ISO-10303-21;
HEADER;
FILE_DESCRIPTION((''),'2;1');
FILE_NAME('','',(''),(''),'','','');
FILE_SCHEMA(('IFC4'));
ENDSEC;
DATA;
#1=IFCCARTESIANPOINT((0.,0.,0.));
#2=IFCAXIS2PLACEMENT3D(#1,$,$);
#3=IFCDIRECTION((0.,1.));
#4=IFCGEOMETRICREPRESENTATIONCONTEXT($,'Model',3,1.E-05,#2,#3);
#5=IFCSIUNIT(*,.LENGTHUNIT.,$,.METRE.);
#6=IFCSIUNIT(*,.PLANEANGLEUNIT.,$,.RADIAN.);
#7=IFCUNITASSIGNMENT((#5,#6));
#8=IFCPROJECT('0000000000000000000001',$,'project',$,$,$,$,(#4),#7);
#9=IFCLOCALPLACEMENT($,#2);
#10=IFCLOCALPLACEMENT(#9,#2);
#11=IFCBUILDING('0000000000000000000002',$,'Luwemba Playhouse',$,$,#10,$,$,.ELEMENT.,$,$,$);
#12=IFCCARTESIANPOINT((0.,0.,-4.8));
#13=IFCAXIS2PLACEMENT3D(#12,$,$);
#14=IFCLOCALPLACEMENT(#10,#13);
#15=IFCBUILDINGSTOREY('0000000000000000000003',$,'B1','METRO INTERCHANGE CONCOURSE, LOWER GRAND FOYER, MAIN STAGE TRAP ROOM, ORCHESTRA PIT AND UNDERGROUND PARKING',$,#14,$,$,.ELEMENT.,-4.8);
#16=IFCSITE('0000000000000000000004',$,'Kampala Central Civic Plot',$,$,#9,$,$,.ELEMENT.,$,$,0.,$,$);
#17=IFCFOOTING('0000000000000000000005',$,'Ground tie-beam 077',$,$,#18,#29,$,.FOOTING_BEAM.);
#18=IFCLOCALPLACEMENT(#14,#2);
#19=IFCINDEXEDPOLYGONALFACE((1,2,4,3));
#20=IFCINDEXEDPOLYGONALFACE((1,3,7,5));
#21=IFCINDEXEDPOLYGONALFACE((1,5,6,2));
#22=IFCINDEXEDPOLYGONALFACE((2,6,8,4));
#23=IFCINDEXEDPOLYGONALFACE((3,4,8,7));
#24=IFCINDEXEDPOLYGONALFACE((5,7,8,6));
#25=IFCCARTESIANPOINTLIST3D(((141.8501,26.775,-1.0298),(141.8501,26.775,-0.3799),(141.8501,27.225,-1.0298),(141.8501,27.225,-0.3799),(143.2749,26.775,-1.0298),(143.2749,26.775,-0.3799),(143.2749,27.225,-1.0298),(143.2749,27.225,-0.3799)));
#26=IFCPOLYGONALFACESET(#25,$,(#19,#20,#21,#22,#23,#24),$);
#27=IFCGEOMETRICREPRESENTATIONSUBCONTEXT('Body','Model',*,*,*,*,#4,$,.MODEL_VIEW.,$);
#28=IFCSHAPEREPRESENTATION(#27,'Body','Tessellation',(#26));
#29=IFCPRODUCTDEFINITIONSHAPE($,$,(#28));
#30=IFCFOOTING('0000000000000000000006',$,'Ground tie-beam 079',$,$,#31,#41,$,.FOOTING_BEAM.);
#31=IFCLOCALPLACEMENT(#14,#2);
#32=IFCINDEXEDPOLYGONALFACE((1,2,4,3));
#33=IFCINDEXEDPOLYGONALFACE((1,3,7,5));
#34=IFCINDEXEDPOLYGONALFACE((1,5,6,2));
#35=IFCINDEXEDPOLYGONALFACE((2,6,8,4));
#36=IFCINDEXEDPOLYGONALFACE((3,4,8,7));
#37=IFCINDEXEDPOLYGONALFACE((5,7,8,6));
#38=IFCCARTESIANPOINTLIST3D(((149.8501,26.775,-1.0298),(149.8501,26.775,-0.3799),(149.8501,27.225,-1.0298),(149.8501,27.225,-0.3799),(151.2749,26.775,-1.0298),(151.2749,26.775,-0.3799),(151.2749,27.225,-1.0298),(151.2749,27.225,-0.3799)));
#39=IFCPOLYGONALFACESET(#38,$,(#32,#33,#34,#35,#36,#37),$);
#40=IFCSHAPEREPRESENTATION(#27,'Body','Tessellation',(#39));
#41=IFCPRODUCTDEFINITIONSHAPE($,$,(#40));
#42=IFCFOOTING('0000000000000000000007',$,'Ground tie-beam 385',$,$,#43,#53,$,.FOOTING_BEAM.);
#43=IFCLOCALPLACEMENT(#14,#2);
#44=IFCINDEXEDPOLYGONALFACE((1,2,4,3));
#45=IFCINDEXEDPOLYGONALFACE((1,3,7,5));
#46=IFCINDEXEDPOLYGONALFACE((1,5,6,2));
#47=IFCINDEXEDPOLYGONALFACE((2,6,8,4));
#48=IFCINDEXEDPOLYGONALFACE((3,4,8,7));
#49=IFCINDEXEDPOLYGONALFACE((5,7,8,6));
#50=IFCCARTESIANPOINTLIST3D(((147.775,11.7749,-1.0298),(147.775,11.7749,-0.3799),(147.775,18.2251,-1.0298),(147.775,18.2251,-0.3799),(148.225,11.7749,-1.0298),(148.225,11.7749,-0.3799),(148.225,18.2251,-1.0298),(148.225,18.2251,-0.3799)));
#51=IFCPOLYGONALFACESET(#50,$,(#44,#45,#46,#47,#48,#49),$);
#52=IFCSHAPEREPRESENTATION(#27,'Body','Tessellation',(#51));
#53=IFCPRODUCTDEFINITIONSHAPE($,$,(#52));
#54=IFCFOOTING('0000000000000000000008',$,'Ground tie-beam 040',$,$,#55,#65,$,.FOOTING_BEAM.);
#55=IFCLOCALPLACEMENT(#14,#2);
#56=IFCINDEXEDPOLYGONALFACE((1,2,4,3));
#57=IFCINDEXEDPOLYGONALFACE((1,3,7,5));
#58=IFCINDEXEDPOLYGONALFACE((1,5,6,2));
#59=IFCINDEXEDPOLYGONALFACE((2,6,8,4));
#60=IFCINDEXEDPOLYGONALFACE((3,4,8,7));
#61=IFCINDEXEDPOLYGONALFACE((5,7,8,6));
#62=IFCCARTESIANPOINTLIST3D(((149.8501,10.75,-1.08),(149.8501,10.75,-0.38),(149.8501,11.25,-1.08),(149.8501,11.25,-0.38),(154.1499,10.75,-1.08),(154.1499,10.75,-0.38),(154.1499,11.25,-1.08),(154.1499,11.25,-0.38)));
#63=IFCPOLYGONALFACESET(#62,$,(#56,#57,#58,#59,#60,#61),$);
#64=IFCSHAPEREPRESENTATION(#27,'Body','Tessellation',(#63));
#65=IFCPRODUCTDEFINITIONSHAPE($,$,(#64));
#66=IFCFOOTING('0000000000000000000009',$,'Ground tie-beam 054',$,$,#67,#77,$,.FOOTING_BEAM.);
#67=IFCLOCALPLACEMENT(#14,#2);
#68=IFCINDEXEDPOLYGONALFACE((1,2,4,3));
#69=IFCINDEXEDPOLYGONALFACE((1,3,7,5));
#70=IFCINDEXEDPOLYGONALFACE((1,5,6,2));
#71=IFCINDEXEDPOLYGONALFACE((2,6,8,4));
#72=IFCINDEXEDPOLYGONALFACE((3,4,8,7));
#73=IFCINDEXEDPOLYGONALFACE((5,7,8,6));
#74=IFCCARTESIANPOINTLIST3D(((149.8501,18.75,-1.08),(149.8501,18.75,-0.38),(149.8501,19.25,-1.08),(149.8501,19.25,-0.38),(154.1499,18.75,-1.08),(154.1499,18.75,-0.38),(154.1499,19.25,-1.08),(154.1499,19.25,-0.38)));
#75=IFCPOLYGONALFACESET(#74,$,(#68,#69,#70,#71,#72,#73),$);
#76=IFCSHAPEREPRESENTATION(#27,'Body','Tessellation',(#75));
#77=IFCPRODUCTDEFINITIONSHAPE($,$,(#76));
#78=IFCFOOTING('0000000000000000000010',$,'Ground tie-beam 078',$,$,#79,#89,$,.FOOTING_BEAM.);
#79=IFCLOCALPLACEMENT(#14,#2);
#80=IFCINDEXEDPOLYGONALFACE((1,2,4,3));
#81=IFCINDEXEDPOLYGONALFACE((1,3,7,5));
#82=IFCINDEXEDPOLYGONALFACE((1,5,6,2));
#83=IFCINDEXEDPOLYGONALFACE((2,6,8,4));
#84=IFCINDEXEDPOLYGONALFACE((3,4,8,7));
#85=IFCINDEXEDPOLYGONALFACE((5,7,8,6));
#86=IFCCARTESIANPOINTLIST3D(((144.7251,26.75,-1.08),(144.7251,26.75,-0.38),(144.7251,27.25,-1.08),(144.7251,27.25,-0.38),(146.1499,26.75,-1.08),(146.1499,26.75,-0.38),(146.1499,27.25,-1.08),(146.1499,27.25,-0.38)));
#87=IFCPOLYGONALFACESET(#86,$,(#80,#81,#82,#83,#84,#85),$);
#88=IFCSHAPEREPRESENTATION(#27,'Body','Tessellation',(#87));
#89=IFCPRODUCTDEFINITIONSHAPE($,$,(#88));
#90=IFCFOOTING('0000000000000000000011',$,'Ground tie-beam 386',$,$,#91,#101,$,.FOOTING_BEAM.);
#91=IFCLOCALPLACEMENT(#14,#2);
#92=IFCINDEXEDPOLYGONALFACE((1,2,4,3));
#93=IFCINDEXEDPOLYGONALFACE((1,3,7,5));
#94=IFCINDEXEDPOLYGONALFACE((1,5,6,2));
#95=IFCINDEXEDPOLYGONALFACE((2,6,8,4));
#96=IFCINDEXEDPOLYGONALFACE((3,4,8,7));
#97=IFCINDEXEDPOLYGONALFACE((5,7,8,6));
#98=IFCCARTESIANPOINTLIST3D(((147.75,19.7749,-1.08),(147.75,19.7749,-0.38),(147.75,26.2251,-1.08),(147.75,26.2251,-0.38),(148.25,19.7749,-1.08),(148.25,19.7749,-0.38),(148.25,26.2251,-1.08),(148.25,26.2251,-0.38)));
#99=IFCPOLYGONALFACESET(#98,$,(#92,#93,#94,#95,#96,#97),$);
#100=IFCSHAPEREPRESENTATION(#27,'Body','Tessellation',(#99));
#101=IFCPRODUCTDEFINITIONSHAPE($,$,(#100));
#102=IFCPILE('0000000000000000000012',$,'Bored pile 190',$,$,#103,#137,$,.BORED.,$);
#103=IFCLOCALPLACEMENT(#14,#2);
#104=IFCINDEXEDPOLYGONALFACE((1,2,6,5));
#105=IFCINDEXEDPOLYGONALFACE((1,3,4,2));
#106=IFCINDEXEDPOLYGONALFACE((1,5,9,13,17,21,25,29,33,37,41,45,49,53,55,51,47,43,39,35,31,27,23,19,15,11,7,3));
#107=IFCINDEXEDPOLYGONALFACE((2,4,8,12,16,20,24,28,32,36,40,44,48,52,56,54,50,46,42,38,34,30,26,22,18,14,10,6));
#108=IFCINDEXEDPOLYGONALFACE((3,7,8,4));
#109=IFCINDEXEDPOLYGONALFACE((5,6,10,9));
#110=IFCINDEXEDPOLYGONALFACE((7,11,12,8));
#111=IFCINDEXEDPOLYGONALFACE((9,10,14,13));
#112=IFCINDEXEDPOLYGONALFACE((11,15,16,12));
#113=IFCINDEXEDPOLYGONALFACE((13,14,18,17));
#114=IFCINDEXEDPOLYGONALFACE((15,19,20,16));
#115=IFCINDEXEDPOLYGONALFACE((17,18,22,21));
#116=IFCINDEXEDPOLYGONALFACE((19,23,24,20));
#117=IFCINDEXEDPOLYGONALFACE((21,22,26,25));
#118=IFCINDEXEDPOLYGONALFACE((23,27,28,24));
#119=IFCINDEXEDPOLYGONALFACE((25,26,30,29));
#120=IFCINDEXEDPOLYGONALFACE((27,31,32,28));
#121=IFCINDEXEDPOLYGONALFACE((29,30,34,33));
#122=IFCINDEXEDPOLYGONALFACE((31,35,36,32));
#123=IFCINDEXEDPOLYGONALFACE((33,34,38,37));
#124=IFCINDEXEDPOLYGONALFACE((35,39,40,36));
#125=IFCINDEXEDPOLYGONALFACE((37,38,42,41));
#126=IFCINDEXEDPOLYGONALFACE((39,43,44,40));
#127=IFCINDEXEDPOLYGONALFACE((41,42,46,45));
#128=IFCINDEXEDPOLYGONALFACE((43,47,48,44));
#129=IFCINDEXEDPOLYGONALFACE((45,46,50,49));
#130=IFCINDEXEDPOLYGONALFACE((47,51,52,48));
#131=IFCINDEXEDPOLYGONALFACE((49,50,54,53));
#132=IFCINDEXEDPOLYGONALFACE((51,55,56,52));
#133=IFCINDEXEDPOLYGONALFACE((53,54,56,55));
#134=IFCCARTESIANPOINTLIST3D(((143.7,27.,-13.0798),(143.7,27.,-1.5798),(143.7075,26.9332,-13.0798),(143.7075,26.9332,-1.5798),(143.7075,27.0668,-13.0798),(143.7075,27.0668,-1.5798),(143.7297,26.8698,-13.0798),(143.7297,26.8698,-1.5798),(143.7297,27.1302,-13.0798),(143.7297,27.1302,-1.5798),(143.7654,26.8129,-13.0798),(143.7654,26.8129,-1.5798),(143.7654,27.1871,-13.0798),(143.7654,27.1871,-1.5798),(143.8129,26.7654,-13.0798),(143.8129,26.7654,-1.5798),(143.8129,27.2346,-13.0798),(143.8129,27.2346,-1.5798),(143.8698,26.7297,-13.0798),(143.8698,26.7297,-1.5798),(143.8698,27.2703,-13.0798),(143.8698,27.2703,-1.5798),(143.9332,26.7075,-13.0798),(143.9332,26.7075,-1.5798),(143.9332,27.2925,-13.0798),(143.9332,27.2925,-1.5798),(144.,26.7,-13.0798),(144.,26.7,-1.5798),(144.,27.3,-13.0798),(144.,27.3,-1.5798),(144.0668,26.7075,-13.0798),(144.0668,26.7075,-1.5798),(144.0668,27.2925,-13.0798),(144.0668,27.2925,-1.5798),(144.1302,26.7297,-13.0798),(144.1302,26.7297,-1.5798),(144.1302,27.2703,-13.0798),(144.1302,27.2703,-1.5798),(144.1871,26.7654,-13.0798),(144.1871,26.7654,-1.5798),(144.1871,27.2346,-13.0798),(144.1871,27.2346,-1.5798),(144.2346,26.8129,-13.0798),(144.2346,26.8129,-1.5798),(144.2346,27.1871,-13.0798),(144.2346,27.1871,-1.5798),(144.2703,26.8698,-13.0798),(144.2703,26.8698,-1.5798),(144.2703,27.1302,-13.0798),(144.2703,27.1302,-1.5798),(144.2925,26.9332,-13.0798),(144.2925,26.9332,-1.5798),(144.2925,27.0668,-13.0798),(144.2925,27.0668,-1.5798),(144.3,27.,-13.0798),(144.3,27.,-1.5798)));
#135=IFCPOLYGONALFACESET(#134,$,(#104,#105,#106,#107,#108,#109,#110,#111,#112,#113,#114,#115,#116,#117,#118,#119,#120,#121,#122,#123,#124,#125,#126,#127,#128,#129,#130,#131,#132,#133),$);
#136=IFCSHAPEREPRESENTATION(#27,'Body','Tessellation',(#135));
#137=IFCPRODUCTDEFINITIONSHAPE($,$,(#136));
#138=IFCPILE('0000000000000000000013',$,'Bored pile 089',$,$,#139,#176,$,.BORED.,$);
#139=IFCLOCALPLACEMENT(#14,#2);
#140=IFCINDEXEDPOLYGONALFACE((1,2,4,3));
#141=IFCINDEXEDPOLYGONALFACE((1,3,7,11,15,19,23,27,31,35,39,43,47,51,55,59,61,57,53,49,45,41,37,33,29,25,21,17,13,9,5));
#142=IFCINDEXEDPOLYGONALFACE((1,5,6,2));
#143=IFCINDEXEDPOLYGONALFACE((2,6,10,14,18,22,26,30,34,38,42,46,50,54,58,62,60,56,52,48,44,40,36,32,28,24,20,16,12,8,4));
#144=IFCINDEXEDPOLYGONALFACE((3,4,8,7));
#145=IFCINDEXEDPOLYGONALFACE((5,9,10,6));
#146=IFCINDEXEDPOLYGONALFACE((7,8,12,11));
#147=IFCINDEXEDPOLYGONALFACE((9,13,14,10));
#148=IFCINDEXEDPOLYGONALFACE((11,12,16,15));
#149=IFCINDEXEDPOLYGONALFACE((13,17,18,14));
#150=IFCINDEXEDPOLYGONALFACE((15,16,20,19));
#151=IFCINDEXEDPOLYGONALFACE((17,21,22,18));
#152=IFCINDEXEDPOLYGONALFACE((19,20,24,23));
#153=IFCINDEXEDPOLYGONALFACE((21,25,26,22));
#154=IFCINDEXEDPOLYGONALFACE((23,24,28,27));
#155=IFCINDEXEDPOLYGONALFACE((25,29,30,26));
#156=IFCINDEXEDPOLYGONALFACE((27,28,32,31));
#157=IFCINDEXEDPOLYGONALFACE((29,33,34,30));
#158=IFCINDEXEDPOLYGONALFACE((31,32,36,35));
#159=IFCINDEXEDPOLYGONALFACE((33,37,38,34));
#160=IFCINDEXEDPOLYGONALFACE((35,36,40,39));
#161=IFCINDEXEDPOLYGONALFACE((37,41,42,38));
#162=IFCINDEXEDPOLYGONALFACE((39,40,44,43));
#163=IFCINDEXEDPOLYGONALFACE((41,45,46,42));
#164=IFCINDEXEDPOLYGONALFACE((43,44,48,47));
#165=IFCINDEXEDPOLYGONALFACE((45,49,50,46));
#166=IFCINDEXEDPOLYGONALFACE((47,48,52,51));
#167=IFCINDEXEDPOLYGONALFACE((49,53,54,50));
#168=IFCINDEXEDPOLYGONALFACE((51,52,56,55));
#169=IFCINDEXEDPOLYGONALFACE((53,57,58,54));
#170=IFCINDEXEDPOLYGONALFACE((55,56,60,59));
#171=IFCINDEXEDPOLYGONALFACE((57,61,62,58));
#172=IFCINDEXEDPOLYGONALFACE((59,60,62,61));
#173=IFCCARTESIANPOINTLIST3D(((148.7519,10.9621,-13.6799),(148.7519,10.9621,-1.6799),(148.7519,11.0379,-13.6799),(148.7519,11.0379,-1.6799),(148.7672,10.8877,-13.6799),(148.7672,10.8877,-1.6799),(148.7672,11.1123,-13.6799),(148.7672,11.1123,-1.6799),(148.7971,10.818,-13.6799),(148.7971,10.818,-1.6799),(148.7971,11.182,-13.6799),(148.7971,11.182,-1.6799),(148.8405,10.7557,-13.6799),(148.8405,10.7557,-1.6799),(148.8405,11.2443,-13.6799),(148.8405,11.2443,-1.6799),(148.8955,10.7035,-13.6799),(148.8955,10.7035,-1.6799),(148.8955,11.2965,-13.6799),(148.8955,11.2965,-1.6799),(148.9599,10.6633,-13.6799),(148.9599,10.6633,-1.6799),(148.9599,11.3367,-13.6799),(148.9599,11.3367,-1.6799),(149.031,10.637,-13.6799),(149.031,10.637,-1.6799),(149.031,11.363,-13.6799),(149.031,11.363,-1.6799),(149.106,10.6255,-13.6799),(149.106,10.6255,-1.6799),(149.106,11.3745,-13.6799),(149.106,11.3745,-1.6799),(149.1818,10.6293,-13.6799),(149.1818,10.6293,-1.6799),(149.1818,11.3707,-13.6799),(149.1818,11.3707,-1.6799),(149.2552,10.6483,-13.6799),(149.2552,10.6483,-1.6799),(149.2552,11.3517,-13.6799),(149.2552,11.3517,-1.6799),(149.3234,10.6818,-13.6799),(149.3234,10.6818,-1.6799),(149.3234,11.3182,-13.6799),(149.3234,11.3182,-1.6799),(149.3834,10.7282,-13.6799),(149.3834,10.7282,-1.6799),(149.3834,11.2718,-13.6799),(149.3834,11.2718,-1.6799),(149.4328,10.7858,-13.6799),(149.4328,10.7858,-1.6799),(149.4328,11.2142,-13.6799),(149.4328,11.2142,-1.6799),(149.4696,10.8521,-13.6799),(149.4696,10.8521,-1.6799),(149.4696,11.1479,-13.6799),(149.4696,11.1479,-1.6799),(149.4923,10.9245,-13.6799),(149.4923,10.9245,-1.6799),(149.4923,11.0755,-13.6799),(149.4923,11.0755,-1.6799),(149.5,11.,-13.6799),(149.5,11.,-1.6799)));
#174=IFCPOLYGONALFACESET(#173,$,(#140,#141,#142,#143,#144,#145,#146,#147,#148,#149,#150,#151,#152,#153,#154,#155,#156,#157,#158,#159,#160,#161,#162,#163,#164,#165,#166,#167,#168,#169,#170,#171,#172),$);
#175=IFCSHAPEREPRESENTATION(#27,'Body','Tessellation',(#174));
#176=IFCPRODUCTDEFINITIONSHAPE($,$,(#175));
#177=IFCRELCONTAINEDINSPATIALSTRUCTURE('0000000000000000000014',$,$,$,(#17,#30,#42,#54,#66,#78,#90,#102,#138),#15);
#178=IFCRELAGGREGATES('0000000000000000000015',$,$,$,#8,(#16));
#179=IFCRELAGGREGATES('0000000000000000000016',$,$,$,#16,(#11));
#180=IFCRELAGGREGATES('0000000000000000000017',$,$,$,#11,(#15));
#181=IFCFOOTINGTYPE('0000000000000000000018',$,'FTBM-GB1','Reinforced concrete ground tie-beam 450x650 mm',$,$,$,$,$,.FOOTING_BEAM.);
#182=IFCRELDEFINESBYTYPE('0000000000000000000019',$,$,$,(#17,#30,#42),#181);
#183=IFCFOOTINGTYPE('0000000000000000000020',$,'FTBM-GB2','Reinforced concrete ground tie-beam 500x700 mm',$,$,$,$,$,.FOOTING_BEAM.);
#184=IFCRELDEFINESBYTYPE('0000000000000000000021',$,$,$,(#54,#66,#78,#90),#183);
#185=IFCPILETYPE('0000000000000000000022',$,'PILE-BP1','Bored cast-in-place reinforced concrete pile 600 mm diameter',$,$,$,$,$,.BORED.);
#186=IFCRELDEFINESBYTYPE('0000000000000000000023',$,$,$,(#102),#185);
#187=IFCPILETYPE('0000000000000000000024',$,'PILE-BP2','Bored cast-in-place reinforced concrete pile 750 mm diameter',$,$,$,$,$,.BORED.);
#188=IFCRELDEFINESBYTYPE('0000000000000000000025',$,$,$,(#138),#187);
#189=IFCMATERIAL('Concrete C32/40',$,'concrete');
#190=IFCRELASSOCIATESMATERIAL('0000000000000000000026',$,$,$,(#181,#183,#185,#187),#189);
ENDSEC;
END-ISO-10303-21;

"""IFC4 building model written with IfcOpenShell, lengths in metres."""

from ifc_helpers import new_model, si_unit, direction, frame, origin, origin_2d, place, context, subcontext, project, spatial, rectangle, circle, extrude, material, material_profile, profile_set, type_object, element, save


model = new_model("IFC4")

# Units and contexts
model_context = context("Model", 3, precision=1e-05, world=origin(), true_north=direction((0.0, 1.0)))
body_context = subcontext(model_context, "Body", "Model", "MODEL_VIEW")
ifc_project = project(units=[si_unit("LENGTHUNIT", "METRE"), si_unit("PLANEANGLEUNIT", "RADIAN")], contexts=[model_context])

# Site, building, storey
site_placement = place(None, origin())
site = spatial("IfcSite", under=ifc_project, at=site_placement, Name="Kampala Central Civic Plot", CompositionType="ELEMENT", RefElevation=0.0)
building_placement = place(site_placement, origin())
building = spatial("IfcBuilding", under=site, at=building_placement, Name="Luwemba Playhouse", CompositionType="ELEMENT")
storey_placement = place(building_placement, frame((0.0, 0.0, -4.8)))
storey = spatial("IfcBuildingStorey", under=building, at=storey_placement, Name="B1", Description="METRO INTERCHANGE CONCOURSE, LOWER GRAND FOYER, MAIN STAGE TRAP ROOM, ORCHESTRA PIT AND UNDERGROUND PARKING", CompositionType="ELEMENT", Elevation=-4.8)

# Footings
ifc_material_1 = material(Name="Concrete C32/40", Category="concrete")
ifc_material_profile_1 = material_profile(ifc_material_1, rectangle(XDim=0.45, YDim=0.6499, at=origin_2d()))
ifc_profile_set_1 = profile_set([ifc_material_profile_1], Name="Concrete C32/40")
footing_type_1 = type_object("IfcFootingType", Name="FTBM-GB1", Description="Reinforced concrete ground tie-beam 450x650 mm", PredefinedType="FOOTING_BEAM", material=ifc_profile_set_1)
for number, where, z_axis, x_axis, name in (
    (1, (141.8501, 27.0, -0.7048), (1.0, 0.0, 0.0), (0.0, 1.0, 0.0), "Ground tie-beam 077"),
    (2, (149.8501, 27.0, -0.7048), (1.0, 0.0, 0.0), (0.0, 1.0, 0.0), "Ground tie-beam 079"),
):
    element("IfcFooting", number, at=place(storey_placement, frame(where, z_axis=z_axis, x_axis=x_axis)), inside=storey, type_object=footing_type_1, Name=name, PredefinedType="FOOTING_BEAM", context=body_context, shape_type="SweptSolid", body=[
        extrude(rectangle(XDim=0.45, YDim=0.6499, at=origin_2d()), origin(), (0.0, 0.0, 1.0), 1.4248),
    ])
footing_1_placement = place(storey_placement, frame((148.0, 11.7749, -0.7048), z_axis=(0.0, 1.0, 0.0), x_axis=(-1.0, 0.0, 0.0)))
element("IfcFooting", 3, at=footing_1_placement, inside=storey, type_object=footing_type_1, Name="Ground tie-beam 385", PredefinedType="FOOTING_BEAM", context=body_context, shape_type="SweptSolid", body=[
    extrude(rectangle(XDim=0.45, YDim=0.6499, at=origin_2d()), origin(), (0.0, 0.0, 1.0), 6.4502),
])
ifc_material_profile_2 = material_profile(ifc_material_1, rectangle(XDim=0.5, YDim=0.7, at=origin_2d()))
ifc_profile_set_2 = profile_set([ifc_material_profile_2], Name="Concrete C32/40")
footing_type_2 = type_object("IfcFootingType", Name="FTBM-GB2", Description="Reinforced concrete ground tie-beam 500x700 mm", PredefinedType="FOOTING_BEAM", material=ifc_profile_set_2)
for number, where, z_axis, x_axis, name in (
    (4, (149.8501, 11.0, -0.73), (1.0, 0.0, 0.0), (0.0, 1.0, 0.0), "Ground tie-beam 040"),
    (5, (149.8501, 19.0, -0.73), (1.0, 0.0, 0.0), (0.0, 1.0, 0.0), "Ground tie-beam 054"),
):
    element("IfcFooting", number, at=place(storey_placement, frame(where, z_axis=z_axis, x_axis=x_axis)), inside=storey, type_object=footing_type_2, Name=name, PredefinedType="FOOTING_BEAM", context=body_context, shape_type="SweptSolid", body=[
        extrude(rectangle(XDim=0.5, YDim=0.7, at=origin_2d()), origin(), (0.0, 0.0, 1.0), 4.2998),
    ])
footing_2_placement = place(storey_placement, frame((144.7251, 27.0, -0.73), z_axis=(1.0, 0.0, 0.0), x_axis=(0.0, 1.0, 0.0)))
element("IfcFooting", 6, at=footing_2_placement, inside=storey, type_object=footing_type_2, Name="Ground tie-beam 078", PredefinedType="FOOTING_BEAM", context=body_context, shape_type="SweptSolid", body=[
    extrude(rectangle(XDim=0.5, YDim=0.7, at=origin_2d()), origin(), (0.0, 0.0, 1.0), 1.4248),
])
footing_3_placement = place(storey_placement, frame((148.0, 19.7749, -0.73), z_axis=(0.0, 1.0, 0.0), x_axis=(-1.0, 0.0, 0.0)))
element("IfcFooting", 7, at=footing_3_placement, inside=storey, type_object=footing_type_2, Name="Ground tie-beam 386", PredefinedType="FOOTING_BEAM", context=body_context, shape_type="SweptSolid", body=[
    extrude(rectangle(XDim=0.5, YDim=0.7, at=origin_2d()), origin(), (0.0, 0.0, 1.0), 6.4502),
])

# Piles
ifc_material_profile_3 = material_profile(ifc_material_1, circle(Radius=0.3, at=origin_2d()))
ifc_profile_set_3 = profile_set([ifc_material_profile_3], Name="Concrete C32/40")
pile_type_1 = type_object("IfcPileType", Name="PILE-BP1", Description="Bored cast-in-place reinforced concrete pile 600 mm diameter", PredefinedType="BORED", material=ifc_profile_set_3)
pile_placement = place(storey_placement, frame((144.0, 27.0, -1.5798), z_axis=(0.0, 0.0, -1.0), x_axis=(1.0, 0.0, 0.0)))
element("IfcPile", 8, at=pile_placement, inside=storey, type_object=pile_type_1, Name="Bored pile 190", PredefinedType="BORED", context=body_context, shape_type="SweptSolid", body=[
    extrude(circle(Radius=0.3, at=origin_2d()), origin(), (0.0, 0.0, 1.0), 11.5),
])
ifc_material_profile_4 = material_profile(ifc_material_1, circle(Radius=0.375, at=origin_2d()))
ifc_profile_set_4 = profile_set([ifc_material_profile_4], Name="Concrete C32/40")
pile_type_2 = type_object("IfcPileType", Name="PILE-BP2", Description="Bored cast-in-place reinforced concrete pile 750 mm diameter", PredefinedType="BORED", material=ifc_profile_set_4)
for number, where, z_axis, x_axis, name in (
    (9, (149.125, 11.0, -1.6799), (0.0, 0.0, -1.0), (1.0, 0.0, 0.0), "Bored pile 089"),
):
    element("IfcPile", number, at=place(storey_placement, frame(where, z_axis=z_axis, x_axis=x_axis)), inside=storey, type_object=pile_type_2, Name=name, PredefinedType="BORED", context=body_context, shape_type="SweptSolid", body=[
        extrude(circle(Radius=0.375, at=origin_2d()), origin(), (0.0, 0.0, 1.0), 12.0),
    ])

save(model, "model.ifc")
